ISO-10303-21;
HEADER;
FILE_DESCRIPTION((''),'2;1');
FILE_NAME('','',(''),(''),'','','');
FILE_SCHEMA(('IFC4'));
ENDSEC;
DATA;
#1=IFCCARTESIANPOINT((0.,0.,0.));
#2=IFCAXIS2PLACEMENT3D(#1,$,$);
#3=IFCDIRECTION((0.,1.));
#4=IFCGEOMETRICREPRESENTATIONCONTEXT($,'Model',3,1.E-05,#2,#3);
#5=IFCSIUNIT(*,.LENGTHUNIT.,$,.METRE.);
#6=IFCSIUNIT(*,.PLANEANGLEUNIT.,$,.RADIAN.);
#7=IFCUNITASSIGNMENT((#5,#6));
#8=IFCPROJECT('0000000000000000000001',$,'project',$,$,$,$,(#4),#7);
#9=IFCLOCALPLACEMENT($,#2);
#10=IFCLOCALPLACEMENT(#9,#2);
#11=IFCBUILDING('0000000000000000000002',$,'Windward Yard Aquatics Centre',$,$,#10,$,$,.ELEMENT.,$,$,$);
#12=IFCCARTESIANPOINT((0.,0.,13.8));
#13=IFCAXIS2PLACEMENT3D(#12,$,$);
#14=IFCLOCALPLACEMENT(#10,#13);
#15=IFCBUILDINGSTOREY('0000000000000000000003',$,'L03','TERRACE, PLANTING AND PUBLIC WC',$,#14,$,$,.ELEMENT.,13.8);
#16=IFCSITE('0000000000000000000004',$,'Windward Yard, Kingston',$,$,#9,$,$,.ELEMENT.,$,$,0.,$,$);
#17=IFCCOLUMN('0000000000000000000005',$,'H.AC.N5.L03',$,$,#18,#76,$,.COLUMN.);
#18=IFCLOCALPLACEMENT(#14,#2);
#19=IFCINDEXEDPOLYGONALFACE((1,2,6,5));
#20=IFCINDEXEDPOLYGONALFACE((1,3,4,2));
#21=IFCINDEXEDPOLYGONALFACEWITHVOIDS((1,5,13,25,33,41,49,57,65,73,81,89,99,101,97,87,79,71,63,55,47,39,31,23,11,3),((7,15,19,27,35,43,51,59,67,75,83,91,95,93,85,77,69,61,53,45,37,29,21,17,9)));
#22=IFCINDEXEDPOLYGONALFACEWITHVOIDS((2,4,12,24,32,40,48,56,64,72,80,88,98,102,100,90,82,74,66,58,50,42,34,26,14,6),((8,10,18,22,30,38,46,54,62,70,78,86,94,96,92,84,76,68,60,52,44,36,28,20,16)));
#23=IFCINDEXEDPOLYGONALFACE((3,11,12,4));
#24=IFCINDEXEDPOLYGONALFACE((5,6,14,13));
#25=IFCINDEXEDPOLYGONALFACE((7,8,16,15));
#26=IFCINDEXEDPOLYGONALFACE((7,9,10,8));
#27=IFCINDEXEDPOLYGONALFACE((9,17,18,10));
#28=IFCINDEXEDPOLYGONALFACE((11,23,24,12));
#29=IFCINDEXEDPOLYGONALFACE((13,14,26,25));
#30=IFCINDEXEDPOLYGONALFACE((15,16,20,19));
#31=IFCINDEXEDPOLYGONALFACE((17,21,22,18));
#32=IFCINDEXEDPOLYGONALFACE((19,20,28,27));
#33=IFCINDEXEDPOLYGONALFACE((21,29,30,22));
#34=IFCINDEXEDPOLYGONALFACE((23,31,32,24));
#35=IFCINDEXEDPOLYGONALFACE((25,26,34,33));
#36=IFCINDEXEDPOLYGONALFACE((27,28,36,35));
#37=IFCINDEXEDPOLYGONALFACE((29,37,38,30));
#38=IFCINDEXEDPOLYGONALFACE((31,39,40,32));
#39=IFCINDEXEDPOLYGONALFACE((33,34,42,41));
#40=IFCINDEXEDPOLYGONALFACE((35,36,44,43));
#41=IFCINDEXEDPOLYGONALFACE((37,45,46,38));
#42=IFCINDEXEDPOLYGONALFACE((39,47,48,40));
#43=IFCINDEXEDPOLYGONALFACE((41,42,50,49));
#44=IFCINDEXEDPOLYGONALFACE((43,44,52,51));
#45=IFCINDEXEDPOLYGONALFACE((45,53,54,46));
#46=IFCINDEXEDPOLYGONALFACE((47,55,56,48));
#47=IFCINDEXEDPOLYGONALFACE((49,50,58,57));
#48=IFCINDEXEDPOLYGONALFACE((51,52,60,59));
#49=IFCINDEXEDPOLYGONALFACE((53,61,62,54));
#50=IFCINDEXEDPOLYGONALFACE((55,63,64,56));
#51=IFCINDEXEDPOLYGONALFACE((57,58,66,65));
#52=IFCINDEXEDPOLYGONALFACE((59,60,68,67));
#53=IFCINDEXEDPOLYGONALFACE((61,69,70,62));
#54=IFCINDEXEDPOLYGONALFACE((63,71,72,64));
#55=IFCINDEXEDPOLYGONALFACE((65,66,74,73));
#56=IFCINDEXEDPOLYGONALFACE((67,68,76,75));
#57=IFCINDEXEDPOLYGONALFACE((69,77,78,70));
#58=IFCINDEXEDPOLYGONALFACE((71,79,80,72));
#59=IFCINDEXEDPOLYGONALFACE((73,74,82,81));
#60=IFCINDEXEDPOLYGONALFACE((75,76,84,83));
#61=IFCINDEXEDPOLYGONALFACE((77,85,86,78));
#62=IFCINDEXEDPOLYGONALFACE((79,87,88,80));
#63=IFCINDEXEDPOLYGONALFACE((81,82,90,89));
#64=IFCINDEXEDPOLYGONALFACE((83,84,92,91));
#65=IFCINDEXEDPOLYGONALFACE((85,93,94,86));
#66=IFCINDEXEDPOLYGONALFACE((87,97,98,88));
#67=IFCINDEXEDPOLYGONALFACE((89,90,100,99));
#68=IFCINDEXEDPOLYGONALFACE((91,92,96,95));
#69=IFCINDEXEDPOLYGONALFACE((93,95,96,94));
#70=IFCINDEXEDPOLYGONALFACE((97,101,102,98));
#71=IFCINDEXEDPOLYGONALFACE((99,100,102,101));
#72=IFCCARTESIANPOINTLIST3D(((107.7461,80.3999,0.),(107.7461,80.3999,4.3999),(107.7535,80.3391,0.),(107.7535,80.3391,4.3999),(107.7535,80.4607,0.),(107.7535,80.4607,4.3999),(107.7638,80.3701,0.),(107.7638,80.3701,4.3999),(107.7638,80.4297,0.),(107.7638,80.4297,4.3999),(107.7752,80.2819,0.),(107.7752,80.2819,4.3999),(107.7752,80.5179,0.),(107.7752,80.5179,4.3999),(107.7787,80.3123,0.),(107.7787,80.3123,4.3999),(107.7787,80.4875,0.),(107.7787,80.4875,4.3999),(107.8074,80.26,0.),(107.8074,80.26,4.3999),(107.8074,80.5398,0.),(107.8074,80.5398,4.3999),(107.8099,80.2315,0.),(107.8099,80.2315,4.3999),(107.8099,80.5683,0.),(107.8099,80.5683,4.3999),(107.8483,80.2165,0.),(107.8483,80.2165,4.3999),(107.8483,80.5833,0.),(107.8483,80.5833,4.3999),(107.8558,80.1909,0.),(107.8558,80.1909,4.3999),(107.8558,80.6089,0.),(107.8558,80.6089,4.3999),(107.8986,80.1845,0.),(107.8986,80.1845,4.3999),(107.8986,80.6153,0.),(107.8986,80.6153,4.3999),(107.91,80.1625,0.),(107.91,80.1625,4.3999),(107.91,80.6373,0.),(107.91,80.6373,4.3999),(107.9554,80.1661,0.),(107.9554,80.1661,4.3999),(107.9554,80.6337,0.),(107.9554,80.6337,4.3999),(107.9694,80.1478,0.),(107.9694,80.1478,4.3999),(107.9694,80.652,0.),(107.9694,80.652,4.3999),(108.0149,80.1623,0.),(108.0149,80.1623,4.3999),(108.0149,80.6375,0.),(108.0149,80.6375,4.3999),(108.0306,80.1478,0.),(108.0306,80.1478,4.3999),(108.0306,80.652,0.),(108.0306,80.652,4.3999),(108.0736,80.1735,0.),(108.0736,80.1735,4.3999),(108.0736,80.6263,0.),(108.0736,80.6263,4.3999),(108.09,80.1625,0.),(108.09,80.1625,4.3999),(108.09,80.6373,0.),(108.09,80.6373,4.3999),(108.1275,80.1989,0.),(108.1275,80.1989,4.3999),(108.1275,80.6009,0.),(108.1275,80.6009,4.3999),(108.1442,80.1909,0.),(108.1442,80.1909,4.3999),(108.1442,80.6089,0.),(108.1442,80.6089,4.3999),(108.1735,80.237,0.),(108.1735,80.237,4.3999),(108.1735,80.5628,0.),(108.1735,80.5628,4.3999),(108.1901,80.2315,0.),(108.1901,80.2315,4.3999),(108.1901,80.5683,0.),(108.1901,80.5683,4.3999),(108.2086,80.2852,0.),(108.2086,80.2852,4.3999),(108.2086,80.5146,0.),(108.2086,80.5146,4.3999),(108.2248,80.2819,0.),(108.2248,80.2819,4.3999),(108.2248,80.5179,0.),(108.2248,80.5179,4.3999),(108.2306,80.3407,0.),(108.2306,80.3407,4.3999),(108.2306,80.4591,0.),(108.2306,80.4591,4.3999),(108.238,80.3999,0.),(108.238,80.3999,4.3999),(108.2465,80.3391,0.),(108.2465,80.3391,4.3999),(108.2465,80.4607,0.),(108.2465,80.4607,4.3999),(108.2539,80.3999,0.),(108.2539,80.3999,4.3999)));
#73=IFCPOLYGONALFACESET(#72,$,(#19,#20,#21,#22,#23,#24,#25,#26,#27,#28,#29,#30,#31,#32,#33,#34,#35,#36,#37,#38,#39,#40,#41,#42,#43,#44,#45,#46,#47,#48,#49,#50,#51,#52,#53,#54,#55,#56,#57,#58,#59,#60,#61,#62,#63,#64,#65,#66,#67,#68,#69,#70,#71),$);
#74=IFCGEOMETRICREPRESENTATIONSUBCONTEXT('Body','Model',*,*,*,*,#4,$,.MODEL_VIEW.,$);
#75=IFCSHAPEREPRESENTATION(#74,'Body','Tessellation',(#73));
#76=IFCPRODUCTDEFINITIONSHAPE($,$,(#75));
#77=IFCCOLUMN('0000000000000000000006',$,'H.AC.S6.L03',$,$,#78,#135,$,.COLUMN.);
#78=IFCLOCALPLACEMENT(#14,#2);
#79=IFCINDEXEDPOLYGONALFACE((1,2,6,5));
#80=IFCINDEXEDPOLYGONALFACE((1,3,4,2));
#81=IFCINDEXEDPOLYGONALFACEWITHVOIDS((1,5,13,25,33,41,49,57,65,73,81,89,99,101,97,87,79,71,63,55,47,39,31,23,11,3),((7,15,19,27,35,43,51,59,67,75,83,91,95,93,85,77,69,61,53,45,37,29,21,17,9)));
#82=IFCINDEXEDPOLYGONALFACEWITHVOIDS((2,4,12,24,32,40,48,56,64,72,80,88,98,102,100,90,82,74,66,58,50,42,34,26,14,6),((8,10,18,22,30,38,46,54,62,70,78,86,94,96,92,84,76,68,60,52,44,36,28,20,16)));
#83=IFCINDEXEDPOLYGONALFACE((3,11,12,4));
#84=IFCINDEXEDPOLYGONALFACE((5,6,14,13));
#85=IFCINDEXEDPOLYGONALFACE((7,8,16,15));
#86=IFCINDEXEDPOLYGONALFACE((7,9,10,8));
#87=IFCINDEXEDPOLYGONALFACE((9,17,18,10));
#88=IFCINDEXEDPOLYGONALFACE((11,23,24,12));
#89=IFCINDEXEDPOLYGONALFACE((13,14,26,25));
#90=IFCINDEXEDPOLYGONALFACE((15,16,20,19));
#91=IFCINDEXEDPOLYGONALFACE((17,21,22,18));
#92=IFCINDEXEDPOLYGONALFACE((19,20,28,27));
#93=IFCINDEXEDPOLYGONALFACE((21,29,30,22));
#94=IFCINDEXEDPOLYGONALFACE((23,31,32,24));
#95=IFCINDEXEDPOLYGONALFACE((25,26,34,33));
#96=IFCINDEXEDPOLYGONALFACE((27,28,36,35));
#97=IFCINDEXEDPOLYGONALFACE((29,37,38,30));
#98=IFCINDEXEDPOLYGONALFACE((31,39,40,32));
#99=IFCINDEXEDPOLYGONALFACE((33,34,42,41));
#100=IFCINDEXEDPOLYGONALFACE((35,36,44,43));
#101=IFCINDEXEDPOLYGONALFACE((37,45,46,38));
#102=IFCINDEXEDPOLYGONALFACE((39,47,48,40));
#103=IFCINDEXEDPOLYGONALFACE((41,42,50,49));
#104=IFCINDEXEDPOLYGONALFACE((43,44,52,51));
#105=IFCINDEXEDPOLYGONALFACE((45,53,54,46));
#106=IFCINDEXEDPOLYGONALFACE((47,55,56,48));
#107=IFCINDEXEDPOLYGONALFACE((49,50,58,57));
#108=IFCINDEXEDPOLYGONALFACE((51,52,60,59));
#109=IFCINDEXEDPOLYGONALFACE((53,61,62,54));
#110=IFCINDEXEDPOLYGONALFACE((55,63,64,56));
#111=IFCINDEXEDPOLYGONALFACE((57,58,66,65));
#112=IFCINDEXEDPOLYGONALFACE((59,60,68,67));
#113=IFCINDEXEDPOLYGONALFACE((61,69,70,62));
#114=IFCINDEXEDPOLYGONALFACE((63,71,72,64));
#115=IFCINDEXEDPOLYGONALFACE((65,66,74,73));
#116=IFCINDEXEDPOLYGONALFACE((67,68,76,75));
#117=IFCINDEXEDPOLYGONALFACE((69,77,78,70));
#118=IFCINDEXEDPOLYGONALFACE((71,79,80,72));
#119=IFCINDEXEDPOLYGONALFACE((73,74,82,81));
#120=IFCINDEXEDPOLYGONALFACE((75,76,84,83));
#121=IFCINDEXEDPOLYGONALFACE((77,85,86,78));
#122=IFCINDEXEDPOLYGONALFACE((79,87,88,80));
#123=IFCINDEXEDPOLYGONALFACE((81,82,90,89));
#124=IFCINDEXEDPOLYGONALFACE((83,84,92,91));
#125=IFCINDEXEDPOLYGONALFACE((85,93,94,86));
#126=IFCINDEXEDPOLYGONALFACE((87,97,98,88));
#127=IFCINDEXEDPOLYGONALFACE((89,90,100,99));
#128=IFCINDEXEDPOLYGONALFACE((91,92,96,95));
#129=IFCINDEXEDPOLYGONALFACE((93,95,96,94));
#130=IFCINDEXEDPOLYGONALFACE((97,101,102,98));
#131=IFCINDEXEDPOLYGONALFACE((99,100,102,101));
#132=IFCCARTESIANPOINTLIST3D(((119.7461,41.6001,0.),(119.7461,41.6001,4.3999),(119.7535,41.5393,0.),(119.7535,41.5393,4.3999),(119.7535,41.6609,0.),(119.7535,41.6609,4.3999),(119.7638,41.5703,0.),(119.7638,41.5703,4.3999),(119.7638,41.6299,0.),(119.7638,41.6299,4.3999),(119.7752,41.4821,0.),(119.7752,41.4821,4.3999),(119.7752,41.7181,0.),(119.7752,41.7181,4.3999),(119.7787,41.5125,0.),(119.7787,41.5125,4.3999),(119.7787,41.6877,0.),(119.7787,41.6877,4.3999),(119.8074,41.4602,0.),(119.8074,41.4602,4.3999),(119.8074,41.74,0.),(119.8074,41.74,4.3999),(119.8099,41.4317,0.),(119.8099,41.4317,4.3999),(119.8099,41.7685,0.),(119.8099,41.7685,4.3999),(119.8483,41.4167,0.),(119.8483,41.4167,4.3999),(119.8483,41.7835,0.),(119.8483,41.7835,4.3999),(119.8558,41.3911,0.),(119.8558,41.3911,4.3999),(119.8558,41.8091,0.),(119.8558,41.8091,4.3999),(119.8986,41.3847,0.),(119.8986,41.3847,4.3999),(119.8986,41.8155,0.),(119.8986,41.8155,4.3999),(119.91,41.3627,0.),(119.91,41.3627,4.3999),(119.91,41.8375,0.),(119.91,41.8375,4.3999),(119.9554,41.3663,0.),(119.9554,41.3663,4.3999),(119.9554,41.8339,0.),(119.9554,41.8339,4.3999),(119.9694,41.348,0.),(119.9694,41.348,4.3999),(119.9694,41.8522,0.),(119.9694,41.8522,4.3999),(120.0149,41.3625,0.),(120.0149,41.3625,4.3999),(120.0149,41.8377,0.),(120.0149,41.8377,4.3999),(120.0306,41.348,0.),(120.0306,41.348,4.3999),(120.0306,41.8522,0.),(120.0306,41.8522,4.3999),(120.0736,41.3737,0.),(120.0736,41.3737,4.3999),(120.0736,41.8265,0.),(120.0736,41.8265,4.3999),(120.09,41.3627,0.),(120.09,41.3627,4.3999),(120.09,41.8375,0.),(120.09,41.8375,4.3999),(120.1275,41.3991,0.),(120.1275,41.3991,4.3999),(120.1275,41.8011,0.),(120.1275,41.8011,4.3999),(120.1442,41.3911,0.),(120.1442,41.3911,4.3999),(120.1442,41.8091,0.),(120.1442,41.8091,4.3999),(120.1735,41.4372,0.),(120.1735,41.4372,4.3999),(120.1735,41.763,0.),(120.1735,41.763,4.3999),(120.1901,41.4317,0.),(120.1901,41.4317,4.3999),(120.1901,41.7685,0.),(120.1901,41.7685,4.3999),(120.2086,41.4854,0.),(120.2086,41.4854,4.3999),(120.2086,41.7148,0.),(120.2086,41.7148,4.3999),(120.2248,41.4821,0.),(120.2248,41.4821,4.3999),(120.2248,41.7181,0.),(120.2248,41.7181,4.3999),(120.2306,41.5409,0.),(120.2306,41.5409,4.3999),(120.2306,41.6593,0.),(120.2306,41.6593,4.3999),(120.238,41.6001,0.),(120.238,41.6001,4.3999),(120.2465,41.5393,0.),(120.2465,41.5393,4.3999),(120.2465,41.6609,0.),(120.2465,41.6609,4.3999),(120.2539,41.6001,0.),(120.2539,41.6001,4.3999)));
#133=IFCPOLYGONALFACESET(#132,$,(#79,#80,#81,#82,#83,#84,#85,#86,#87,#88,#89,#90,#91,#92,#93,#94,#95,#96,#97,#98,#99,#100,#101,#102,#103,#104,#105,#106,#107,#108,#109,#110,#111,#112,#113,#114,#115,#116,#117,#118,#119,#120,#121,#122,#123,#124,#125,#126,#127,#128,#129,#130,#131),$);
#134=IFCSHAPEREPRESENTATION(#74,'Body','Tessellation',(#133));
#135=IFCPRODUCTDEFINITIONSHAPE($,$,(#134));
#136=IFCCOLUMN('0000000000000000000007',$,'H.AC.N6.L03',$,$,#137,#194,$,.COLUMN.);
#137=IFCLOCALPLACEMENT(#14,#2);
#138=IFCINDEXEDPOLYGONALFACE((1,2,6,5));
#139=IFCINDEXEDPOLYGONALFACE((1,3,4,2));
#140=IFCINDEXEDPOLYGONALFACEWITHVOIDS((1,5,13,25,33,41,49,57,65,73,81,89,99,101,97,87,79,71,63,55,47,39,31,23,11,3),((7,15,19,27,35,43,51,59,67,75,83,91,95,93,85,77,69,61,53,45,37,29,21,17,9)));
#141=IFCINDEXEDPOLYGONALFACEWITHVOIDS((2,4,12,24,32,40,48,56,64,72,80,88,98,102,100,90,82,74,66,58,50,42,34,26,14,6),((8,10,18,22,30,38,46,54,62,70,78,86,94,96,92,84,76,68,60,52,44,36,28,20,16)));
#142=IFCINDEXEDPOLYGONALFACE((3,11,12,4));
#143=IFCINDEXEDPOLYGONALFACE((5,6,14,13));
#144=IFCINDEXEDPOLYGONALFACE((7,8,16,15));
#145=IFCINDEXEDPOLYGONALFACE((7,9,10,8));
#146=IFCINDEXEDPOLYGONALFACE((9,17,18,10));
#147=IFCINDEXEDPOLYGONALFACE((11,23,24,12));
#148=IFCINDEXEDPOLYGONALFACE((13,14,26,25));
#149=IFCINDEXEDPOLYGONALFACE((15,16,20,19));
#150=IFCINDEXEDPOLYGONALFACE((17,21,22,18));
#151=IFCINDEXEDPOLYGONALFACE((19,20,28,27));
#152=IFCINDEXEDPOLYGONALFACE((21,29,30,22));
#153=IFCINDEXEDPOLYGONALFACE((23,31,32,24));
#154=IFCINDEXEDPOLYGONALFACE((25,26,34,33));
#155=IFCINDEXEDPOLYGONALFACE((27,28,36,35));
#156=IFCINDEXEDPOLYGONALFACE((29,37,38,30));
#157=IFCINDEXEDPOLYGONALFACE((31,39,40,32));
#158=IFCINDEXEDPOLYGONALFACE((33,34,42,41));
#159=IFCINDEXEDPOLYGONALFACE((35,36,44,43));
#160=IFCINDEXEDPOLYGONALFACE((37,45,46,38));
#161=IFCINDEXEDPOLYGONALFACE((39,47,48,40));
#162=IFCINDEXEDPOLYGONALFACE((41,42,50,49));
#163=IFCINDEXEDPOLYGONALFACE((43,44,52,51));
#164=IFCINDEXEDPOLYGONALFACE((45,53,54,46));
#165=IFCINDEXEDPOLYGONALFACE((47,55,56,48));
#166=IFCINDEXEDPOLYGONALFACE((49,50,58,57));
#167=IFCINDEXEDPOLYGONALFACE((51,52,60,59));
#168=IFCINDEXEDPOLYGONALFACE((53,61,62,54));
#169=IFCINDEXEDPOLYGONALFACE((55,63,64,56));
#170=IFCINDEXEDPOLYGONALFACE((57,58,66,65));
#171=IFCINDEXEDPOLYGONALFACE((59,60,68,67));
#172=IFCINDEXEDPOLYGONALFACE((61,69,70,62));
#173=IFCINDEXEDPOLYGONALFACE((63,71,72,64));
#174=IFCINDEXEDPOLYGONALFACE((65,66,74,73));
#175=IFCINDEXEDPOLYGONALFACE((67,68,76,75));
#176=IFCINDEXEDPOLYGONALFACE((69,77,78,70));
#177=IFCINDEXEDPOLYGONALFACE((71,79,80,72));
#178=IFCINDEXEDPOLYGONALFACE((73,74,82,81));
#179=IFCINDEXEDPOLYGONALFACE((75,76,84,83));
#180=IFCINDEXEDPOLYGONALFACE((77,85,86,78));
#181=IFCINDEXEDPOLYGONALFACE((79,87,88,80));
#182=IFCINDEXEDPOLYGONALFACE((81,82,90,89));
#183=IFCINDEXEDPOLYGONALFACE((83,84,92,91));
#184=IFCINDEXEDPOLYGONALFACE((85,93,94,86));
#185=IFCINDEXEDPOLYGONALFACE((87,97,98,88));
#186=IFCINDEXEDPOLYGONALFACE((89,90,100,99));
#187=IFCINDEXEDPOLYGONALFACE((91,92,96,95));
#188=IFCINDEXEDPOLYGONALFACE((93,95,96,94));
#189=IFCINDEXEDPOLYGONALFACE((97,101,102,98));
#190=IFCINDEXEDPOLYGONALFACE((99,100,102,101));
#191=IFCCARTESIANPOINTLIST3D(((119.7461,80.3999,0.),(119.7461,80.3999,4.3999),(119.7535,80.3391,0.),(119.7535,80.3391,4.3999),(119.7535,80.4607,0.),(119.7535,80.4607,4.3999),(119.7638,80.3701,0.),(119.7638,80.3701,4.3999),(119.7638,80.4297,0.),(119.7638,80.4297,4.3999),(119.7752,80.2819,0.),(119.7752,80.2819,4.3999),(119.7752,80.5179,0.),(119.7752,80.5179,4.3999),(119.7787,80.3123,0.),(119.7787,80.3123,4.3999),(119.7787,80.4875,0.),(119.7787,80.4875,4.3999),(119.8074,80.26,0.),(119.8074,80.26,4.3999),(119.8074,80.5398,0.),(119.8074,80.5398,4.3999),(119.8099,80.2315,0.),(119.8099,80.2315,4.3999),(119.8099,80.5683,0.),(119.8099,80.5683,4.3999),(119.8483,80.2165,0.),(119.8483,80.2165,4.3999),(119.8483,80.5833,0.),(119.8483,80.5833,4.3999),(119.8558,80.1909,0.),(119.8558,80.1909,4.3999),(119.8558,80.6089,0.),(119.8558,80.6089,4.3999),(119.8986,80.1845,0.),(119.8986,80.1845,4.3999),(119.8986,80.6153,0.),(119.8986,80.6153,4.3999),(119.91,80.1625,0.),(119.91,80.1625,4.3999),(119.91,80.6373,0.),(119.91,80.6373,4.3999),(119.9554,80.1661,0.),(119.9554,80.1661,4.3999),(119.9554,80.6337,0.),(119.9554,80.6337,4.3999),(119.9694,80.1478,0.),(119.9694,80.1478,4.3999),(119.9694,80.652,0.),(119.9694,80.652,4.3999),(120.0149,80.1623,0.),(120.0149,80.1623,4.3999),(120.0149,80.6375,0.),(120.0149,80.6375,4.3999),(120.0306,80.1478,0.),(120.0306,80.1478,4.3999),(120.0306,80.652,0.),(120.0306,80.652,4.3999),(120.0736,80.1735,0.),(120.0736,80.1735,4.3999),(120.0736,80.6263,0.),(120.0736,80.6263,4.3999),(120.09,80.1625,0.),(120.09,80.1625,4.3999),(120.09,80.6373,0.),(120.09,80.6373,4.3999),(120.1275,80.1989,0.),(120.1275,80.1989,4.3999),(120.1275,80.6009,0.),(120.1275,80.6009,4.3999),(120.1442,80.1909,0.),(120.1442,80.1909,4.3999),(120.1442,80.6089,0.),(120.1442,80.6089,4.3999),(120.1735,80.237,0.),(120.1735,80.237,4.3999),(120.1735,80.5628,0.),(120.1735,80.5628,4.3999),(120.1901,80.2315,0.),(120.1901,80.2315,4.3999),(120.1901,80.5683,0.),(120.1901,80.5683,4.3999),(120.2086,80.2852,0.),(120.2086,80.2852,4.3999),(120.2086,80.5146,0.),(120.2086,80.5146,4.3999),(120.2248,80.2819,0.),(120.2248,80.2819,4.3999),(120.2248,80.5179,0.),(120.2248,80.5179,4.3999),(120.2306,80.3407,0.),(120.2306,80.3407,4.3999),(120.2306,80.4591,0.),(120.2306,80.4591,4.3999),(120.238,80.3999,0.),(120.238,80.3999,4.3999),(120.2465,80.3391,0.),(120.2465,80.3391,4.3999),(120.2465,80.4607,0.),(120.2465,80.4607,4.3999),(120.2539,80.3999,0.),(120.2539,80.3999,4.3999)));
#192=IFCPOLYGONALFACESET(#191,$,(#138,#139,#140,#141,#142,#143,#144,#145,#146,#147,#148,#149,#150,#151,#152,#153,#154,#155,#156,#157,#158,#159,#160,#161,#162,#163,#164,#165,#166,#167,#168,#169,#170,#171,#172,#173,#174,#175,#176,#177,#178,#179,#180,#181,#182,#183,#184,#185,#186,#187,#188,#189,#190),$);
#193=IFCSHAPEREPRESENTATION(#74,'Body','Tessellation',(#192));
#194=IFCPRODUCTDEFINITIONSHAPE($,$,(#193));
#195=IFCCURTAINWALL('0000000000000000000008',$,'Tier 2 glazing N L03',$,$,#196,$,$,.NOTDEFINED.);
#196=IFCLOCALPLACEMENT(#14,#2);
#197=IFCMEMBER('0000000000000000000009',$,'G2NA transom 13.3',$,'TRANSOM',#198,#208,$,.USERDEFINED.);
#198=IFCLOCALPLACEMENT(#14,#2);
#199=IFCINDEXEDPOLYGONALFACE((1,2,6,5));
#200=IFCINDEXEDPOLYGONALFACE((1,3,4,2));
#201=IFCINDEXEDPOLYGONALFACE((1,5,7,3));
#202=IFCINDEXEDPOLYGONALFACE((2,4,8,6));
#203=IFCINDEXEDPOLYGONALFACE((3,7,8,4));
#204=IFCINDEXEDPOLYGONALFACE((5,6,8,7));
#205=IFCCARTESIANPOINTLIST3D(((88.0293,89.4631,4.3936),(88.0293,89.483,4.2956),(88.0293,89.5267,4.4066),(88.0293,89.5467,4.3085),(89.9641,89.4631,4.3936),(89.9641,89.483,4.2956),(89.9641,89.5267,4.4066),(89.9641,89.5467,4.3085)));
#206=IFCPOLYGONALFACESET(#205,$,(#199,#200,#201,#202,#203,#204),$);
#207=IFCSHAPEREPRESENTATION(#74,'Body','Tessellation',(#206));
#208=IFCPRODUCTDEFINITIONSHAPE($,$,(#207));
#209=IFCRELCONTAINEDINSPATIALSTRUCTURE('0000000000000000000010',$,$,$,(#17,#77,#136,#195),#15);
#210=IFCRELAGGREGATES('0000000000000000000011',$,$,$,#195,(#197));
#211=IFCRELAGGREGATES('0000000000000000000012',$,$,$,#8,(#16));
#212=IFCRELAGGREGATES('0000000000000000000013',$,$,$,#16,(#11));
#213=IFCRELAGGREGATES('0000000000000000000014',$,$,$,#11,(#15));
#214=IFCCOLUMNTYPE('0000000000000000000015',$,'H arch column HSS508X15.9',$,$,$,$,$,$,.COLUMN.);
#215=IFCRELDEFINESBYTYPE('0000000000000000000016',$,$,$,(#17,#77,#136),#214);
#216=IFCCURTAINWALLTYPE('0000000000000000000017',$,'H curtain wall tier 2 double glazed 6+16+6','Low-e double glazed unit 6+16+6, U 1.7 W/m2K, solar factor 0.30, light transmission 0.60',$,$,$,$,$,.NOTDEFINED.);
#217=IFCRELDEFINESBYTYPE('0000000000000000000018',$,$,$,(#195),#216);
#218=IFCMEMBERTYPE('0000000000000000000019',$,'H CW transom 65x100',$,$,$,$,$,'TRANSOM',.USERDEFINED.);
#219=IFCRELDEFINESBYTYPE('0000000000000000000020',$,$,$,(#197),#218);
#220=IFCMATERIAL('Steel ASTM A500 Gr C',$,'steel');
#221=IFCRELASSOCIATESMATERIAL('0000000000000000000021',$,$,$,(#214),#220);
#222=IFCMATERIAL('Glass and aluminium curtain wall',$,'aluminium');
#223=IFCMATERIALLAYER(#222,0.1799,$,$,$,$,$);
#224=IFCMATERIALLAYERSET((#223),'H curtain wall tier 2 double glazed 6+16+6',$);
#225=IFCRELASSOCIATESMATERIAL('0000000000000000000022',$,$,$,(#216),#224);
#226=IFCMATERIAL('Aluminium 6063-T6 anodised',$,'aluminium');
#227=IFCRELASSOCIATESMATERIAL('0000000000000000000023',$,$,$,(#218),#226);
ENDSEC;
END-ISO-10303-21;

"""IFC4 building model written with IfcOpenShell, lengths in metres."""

from ifc_helpers import new_model, si_unit, direction, frame, origin, origin_2d, place, context, subcontext, project, spatial, rectangle, hollow_circle, extrude, material, layer, layer_set, material_profile, profile_set, type_object, element, aggregate, save


model = new_model("IFC4")

# Units and contexts
model_context = context("Model", 3, precision=1e-05, world=origin(), true_north=direction((0.0, 1.0)))
body_context = subcontext(model_context, "Body", "Model", "MODEL_VIEW")
ifc_project = project(units=[si_unit("LENGTHUNIT", "METRE"), si_unit("PLANEANGLEUNIT", "RADIAN")], contexts=[model_context])

# Site, building, storey
site_placement = place(None, origin())
site = spatial("IfcSite", under=ifc_project, at=site_placement, Name="Windward Yard, Kingston", CompositionType="ELEMENT", RefElevation=0.0)
building_placement = place(site_placement, origin())
building = spatial("IfcBuilding", under=site, at=building_placement, Name="Windward Yard Aquatics Centre", CompositionType="ELEMENT")
storey_placement = place(building_placement, frame((0.0, 0.0, 13.8)))
storey = spatial("IfcBuildingStorey", under=building, at=storey_placement, Name="L03", Description="TERRACE, PLANTING AND PUBLIC WC", CompositionType="ELEMENT", Elevation=13.8)

# Columns
ifc_material_1 = material(Name="Steel ASTM A500 Gr C", Category="steel")
ifc_material_profile_1 = material_profile(ifc_material_1, hollow_circle(Radius=0.2539, WallThickness=0.0159, at=origin_2d()), Name="HSS508X15.9")
ifc_profile_set_1 = profile_set([ifc_material_profile_1], Name="Steel ASTM A500 Gr C")
column_type = type_object("IfcColumnType", Name="H arch column HSS508X15.9", PredefinedType="COLUMN", material=ifc_profile_set_1)
for number, where, z_axis, x_axis, name in (
    (1, (108.0, 80.3999, 0.0), (0.0, 0.0, 1.0), (1.0, 0.0, 0.0), "H.AC.N5.L03"),
    (2, (120.0, 41.6001, 0.0), (0.0, 0.0, 1.0), (1.0, 0.0, 0.0), "H.AC.S6.L03"),
    (3, (120.0, 80.3999, 0.0), (0.0, 0.0, 1.0), (1.0, 0.0, 0.0), "H.AC.N6.L03"),
):
    element("IfcColumn", number, at=place(storey_placement, frame(where, z_axis=z_axis, x_axis=x_axis)), inside=storey, type_object=column_type, Name=name, PredefinedType="COLUMN", context=body_context, shape_type="SweptSolid", body=[
        extrude(hollow_circle(Radius=0.2539, WallThickness=0.0159, at=origin_2d()), origin(), (0.0, 0.0, 1.0), 4.3999),
    ])

# Curtain wall, member
ifc_material_2 = material(Name="Glass and aluminium curtain wall", Category="aluminium")
ifc_layer_1 = layer(ifc_material_2, 0.1799)
ifc_layer_set_1 = layer_set([ifc_layer_1], Name="H curtain wall tier 2 double glazed 6+16+6")
curtain_wall_type = type_object("IfcCurtainWallType", Name="H curtain wall tier 2 double glazed 6+16+6", Description="Low-e double glazed unit 6+16+6, U 1.7 W/m2K, solar factor 0.30, light transmission 0.60", PredefinedType="NOTDEFINED", material=ifc_layer_set_1)
curtain_wall_1_placement = place(storey_placement, origin())
curtain_wall_1 = element("IfcCurtainWall", 4, at=curtain_wall_1_placement, inside=storey, type_object=curtain_wall_type, Name="Tier 2 glazing N L03", PredefinedType="NOTDEFINED")
ifc_material_3 = material(Name="Aluminium 6063-T6 anodised", Category="aluminium")
ifc_material_profile_2 = material_profile(ifc_material_3, rectangle(XDim=0.0649, YDim=0.1001, at=origin_2d()), Name="H CW transom 65x100")
ifc_profile_set_2 = profile_set([ifc_material_profile_2], Name="Aluminium 6063-T6 anodised")
member_type = type_object("IfcMemberType", Name="H CW transom 65x100", ElementType="TRANSOM", PredefinedType="USERDEFINED", material=ifc_profile_set_2)
member_1_placement = place(storey_placement, frame((88.0293, 89.5049, 4.3511), z_axis=(1.0, 0.0, 0.0), x_axis=(0.0, 0.979925, 0.199368)))
member_1 = element("IfcMember", 5, at=member_1_placement, type_object=member_type, Name="G2NA transom 13.3", ObjectType="TRANSOM", PredefinedType="USERDEFINED", context=body_context, shape_type="SweptSolid", body=[
    extrude(rectangle(XDim=0.0649, YDim=0.1001, at=origin_2d()), origin(), (0.0, 0.0, 1.0), 1.9348),
])

aggregate(curtain_wall_1, [member_1])

save(model, "model.ifc")
